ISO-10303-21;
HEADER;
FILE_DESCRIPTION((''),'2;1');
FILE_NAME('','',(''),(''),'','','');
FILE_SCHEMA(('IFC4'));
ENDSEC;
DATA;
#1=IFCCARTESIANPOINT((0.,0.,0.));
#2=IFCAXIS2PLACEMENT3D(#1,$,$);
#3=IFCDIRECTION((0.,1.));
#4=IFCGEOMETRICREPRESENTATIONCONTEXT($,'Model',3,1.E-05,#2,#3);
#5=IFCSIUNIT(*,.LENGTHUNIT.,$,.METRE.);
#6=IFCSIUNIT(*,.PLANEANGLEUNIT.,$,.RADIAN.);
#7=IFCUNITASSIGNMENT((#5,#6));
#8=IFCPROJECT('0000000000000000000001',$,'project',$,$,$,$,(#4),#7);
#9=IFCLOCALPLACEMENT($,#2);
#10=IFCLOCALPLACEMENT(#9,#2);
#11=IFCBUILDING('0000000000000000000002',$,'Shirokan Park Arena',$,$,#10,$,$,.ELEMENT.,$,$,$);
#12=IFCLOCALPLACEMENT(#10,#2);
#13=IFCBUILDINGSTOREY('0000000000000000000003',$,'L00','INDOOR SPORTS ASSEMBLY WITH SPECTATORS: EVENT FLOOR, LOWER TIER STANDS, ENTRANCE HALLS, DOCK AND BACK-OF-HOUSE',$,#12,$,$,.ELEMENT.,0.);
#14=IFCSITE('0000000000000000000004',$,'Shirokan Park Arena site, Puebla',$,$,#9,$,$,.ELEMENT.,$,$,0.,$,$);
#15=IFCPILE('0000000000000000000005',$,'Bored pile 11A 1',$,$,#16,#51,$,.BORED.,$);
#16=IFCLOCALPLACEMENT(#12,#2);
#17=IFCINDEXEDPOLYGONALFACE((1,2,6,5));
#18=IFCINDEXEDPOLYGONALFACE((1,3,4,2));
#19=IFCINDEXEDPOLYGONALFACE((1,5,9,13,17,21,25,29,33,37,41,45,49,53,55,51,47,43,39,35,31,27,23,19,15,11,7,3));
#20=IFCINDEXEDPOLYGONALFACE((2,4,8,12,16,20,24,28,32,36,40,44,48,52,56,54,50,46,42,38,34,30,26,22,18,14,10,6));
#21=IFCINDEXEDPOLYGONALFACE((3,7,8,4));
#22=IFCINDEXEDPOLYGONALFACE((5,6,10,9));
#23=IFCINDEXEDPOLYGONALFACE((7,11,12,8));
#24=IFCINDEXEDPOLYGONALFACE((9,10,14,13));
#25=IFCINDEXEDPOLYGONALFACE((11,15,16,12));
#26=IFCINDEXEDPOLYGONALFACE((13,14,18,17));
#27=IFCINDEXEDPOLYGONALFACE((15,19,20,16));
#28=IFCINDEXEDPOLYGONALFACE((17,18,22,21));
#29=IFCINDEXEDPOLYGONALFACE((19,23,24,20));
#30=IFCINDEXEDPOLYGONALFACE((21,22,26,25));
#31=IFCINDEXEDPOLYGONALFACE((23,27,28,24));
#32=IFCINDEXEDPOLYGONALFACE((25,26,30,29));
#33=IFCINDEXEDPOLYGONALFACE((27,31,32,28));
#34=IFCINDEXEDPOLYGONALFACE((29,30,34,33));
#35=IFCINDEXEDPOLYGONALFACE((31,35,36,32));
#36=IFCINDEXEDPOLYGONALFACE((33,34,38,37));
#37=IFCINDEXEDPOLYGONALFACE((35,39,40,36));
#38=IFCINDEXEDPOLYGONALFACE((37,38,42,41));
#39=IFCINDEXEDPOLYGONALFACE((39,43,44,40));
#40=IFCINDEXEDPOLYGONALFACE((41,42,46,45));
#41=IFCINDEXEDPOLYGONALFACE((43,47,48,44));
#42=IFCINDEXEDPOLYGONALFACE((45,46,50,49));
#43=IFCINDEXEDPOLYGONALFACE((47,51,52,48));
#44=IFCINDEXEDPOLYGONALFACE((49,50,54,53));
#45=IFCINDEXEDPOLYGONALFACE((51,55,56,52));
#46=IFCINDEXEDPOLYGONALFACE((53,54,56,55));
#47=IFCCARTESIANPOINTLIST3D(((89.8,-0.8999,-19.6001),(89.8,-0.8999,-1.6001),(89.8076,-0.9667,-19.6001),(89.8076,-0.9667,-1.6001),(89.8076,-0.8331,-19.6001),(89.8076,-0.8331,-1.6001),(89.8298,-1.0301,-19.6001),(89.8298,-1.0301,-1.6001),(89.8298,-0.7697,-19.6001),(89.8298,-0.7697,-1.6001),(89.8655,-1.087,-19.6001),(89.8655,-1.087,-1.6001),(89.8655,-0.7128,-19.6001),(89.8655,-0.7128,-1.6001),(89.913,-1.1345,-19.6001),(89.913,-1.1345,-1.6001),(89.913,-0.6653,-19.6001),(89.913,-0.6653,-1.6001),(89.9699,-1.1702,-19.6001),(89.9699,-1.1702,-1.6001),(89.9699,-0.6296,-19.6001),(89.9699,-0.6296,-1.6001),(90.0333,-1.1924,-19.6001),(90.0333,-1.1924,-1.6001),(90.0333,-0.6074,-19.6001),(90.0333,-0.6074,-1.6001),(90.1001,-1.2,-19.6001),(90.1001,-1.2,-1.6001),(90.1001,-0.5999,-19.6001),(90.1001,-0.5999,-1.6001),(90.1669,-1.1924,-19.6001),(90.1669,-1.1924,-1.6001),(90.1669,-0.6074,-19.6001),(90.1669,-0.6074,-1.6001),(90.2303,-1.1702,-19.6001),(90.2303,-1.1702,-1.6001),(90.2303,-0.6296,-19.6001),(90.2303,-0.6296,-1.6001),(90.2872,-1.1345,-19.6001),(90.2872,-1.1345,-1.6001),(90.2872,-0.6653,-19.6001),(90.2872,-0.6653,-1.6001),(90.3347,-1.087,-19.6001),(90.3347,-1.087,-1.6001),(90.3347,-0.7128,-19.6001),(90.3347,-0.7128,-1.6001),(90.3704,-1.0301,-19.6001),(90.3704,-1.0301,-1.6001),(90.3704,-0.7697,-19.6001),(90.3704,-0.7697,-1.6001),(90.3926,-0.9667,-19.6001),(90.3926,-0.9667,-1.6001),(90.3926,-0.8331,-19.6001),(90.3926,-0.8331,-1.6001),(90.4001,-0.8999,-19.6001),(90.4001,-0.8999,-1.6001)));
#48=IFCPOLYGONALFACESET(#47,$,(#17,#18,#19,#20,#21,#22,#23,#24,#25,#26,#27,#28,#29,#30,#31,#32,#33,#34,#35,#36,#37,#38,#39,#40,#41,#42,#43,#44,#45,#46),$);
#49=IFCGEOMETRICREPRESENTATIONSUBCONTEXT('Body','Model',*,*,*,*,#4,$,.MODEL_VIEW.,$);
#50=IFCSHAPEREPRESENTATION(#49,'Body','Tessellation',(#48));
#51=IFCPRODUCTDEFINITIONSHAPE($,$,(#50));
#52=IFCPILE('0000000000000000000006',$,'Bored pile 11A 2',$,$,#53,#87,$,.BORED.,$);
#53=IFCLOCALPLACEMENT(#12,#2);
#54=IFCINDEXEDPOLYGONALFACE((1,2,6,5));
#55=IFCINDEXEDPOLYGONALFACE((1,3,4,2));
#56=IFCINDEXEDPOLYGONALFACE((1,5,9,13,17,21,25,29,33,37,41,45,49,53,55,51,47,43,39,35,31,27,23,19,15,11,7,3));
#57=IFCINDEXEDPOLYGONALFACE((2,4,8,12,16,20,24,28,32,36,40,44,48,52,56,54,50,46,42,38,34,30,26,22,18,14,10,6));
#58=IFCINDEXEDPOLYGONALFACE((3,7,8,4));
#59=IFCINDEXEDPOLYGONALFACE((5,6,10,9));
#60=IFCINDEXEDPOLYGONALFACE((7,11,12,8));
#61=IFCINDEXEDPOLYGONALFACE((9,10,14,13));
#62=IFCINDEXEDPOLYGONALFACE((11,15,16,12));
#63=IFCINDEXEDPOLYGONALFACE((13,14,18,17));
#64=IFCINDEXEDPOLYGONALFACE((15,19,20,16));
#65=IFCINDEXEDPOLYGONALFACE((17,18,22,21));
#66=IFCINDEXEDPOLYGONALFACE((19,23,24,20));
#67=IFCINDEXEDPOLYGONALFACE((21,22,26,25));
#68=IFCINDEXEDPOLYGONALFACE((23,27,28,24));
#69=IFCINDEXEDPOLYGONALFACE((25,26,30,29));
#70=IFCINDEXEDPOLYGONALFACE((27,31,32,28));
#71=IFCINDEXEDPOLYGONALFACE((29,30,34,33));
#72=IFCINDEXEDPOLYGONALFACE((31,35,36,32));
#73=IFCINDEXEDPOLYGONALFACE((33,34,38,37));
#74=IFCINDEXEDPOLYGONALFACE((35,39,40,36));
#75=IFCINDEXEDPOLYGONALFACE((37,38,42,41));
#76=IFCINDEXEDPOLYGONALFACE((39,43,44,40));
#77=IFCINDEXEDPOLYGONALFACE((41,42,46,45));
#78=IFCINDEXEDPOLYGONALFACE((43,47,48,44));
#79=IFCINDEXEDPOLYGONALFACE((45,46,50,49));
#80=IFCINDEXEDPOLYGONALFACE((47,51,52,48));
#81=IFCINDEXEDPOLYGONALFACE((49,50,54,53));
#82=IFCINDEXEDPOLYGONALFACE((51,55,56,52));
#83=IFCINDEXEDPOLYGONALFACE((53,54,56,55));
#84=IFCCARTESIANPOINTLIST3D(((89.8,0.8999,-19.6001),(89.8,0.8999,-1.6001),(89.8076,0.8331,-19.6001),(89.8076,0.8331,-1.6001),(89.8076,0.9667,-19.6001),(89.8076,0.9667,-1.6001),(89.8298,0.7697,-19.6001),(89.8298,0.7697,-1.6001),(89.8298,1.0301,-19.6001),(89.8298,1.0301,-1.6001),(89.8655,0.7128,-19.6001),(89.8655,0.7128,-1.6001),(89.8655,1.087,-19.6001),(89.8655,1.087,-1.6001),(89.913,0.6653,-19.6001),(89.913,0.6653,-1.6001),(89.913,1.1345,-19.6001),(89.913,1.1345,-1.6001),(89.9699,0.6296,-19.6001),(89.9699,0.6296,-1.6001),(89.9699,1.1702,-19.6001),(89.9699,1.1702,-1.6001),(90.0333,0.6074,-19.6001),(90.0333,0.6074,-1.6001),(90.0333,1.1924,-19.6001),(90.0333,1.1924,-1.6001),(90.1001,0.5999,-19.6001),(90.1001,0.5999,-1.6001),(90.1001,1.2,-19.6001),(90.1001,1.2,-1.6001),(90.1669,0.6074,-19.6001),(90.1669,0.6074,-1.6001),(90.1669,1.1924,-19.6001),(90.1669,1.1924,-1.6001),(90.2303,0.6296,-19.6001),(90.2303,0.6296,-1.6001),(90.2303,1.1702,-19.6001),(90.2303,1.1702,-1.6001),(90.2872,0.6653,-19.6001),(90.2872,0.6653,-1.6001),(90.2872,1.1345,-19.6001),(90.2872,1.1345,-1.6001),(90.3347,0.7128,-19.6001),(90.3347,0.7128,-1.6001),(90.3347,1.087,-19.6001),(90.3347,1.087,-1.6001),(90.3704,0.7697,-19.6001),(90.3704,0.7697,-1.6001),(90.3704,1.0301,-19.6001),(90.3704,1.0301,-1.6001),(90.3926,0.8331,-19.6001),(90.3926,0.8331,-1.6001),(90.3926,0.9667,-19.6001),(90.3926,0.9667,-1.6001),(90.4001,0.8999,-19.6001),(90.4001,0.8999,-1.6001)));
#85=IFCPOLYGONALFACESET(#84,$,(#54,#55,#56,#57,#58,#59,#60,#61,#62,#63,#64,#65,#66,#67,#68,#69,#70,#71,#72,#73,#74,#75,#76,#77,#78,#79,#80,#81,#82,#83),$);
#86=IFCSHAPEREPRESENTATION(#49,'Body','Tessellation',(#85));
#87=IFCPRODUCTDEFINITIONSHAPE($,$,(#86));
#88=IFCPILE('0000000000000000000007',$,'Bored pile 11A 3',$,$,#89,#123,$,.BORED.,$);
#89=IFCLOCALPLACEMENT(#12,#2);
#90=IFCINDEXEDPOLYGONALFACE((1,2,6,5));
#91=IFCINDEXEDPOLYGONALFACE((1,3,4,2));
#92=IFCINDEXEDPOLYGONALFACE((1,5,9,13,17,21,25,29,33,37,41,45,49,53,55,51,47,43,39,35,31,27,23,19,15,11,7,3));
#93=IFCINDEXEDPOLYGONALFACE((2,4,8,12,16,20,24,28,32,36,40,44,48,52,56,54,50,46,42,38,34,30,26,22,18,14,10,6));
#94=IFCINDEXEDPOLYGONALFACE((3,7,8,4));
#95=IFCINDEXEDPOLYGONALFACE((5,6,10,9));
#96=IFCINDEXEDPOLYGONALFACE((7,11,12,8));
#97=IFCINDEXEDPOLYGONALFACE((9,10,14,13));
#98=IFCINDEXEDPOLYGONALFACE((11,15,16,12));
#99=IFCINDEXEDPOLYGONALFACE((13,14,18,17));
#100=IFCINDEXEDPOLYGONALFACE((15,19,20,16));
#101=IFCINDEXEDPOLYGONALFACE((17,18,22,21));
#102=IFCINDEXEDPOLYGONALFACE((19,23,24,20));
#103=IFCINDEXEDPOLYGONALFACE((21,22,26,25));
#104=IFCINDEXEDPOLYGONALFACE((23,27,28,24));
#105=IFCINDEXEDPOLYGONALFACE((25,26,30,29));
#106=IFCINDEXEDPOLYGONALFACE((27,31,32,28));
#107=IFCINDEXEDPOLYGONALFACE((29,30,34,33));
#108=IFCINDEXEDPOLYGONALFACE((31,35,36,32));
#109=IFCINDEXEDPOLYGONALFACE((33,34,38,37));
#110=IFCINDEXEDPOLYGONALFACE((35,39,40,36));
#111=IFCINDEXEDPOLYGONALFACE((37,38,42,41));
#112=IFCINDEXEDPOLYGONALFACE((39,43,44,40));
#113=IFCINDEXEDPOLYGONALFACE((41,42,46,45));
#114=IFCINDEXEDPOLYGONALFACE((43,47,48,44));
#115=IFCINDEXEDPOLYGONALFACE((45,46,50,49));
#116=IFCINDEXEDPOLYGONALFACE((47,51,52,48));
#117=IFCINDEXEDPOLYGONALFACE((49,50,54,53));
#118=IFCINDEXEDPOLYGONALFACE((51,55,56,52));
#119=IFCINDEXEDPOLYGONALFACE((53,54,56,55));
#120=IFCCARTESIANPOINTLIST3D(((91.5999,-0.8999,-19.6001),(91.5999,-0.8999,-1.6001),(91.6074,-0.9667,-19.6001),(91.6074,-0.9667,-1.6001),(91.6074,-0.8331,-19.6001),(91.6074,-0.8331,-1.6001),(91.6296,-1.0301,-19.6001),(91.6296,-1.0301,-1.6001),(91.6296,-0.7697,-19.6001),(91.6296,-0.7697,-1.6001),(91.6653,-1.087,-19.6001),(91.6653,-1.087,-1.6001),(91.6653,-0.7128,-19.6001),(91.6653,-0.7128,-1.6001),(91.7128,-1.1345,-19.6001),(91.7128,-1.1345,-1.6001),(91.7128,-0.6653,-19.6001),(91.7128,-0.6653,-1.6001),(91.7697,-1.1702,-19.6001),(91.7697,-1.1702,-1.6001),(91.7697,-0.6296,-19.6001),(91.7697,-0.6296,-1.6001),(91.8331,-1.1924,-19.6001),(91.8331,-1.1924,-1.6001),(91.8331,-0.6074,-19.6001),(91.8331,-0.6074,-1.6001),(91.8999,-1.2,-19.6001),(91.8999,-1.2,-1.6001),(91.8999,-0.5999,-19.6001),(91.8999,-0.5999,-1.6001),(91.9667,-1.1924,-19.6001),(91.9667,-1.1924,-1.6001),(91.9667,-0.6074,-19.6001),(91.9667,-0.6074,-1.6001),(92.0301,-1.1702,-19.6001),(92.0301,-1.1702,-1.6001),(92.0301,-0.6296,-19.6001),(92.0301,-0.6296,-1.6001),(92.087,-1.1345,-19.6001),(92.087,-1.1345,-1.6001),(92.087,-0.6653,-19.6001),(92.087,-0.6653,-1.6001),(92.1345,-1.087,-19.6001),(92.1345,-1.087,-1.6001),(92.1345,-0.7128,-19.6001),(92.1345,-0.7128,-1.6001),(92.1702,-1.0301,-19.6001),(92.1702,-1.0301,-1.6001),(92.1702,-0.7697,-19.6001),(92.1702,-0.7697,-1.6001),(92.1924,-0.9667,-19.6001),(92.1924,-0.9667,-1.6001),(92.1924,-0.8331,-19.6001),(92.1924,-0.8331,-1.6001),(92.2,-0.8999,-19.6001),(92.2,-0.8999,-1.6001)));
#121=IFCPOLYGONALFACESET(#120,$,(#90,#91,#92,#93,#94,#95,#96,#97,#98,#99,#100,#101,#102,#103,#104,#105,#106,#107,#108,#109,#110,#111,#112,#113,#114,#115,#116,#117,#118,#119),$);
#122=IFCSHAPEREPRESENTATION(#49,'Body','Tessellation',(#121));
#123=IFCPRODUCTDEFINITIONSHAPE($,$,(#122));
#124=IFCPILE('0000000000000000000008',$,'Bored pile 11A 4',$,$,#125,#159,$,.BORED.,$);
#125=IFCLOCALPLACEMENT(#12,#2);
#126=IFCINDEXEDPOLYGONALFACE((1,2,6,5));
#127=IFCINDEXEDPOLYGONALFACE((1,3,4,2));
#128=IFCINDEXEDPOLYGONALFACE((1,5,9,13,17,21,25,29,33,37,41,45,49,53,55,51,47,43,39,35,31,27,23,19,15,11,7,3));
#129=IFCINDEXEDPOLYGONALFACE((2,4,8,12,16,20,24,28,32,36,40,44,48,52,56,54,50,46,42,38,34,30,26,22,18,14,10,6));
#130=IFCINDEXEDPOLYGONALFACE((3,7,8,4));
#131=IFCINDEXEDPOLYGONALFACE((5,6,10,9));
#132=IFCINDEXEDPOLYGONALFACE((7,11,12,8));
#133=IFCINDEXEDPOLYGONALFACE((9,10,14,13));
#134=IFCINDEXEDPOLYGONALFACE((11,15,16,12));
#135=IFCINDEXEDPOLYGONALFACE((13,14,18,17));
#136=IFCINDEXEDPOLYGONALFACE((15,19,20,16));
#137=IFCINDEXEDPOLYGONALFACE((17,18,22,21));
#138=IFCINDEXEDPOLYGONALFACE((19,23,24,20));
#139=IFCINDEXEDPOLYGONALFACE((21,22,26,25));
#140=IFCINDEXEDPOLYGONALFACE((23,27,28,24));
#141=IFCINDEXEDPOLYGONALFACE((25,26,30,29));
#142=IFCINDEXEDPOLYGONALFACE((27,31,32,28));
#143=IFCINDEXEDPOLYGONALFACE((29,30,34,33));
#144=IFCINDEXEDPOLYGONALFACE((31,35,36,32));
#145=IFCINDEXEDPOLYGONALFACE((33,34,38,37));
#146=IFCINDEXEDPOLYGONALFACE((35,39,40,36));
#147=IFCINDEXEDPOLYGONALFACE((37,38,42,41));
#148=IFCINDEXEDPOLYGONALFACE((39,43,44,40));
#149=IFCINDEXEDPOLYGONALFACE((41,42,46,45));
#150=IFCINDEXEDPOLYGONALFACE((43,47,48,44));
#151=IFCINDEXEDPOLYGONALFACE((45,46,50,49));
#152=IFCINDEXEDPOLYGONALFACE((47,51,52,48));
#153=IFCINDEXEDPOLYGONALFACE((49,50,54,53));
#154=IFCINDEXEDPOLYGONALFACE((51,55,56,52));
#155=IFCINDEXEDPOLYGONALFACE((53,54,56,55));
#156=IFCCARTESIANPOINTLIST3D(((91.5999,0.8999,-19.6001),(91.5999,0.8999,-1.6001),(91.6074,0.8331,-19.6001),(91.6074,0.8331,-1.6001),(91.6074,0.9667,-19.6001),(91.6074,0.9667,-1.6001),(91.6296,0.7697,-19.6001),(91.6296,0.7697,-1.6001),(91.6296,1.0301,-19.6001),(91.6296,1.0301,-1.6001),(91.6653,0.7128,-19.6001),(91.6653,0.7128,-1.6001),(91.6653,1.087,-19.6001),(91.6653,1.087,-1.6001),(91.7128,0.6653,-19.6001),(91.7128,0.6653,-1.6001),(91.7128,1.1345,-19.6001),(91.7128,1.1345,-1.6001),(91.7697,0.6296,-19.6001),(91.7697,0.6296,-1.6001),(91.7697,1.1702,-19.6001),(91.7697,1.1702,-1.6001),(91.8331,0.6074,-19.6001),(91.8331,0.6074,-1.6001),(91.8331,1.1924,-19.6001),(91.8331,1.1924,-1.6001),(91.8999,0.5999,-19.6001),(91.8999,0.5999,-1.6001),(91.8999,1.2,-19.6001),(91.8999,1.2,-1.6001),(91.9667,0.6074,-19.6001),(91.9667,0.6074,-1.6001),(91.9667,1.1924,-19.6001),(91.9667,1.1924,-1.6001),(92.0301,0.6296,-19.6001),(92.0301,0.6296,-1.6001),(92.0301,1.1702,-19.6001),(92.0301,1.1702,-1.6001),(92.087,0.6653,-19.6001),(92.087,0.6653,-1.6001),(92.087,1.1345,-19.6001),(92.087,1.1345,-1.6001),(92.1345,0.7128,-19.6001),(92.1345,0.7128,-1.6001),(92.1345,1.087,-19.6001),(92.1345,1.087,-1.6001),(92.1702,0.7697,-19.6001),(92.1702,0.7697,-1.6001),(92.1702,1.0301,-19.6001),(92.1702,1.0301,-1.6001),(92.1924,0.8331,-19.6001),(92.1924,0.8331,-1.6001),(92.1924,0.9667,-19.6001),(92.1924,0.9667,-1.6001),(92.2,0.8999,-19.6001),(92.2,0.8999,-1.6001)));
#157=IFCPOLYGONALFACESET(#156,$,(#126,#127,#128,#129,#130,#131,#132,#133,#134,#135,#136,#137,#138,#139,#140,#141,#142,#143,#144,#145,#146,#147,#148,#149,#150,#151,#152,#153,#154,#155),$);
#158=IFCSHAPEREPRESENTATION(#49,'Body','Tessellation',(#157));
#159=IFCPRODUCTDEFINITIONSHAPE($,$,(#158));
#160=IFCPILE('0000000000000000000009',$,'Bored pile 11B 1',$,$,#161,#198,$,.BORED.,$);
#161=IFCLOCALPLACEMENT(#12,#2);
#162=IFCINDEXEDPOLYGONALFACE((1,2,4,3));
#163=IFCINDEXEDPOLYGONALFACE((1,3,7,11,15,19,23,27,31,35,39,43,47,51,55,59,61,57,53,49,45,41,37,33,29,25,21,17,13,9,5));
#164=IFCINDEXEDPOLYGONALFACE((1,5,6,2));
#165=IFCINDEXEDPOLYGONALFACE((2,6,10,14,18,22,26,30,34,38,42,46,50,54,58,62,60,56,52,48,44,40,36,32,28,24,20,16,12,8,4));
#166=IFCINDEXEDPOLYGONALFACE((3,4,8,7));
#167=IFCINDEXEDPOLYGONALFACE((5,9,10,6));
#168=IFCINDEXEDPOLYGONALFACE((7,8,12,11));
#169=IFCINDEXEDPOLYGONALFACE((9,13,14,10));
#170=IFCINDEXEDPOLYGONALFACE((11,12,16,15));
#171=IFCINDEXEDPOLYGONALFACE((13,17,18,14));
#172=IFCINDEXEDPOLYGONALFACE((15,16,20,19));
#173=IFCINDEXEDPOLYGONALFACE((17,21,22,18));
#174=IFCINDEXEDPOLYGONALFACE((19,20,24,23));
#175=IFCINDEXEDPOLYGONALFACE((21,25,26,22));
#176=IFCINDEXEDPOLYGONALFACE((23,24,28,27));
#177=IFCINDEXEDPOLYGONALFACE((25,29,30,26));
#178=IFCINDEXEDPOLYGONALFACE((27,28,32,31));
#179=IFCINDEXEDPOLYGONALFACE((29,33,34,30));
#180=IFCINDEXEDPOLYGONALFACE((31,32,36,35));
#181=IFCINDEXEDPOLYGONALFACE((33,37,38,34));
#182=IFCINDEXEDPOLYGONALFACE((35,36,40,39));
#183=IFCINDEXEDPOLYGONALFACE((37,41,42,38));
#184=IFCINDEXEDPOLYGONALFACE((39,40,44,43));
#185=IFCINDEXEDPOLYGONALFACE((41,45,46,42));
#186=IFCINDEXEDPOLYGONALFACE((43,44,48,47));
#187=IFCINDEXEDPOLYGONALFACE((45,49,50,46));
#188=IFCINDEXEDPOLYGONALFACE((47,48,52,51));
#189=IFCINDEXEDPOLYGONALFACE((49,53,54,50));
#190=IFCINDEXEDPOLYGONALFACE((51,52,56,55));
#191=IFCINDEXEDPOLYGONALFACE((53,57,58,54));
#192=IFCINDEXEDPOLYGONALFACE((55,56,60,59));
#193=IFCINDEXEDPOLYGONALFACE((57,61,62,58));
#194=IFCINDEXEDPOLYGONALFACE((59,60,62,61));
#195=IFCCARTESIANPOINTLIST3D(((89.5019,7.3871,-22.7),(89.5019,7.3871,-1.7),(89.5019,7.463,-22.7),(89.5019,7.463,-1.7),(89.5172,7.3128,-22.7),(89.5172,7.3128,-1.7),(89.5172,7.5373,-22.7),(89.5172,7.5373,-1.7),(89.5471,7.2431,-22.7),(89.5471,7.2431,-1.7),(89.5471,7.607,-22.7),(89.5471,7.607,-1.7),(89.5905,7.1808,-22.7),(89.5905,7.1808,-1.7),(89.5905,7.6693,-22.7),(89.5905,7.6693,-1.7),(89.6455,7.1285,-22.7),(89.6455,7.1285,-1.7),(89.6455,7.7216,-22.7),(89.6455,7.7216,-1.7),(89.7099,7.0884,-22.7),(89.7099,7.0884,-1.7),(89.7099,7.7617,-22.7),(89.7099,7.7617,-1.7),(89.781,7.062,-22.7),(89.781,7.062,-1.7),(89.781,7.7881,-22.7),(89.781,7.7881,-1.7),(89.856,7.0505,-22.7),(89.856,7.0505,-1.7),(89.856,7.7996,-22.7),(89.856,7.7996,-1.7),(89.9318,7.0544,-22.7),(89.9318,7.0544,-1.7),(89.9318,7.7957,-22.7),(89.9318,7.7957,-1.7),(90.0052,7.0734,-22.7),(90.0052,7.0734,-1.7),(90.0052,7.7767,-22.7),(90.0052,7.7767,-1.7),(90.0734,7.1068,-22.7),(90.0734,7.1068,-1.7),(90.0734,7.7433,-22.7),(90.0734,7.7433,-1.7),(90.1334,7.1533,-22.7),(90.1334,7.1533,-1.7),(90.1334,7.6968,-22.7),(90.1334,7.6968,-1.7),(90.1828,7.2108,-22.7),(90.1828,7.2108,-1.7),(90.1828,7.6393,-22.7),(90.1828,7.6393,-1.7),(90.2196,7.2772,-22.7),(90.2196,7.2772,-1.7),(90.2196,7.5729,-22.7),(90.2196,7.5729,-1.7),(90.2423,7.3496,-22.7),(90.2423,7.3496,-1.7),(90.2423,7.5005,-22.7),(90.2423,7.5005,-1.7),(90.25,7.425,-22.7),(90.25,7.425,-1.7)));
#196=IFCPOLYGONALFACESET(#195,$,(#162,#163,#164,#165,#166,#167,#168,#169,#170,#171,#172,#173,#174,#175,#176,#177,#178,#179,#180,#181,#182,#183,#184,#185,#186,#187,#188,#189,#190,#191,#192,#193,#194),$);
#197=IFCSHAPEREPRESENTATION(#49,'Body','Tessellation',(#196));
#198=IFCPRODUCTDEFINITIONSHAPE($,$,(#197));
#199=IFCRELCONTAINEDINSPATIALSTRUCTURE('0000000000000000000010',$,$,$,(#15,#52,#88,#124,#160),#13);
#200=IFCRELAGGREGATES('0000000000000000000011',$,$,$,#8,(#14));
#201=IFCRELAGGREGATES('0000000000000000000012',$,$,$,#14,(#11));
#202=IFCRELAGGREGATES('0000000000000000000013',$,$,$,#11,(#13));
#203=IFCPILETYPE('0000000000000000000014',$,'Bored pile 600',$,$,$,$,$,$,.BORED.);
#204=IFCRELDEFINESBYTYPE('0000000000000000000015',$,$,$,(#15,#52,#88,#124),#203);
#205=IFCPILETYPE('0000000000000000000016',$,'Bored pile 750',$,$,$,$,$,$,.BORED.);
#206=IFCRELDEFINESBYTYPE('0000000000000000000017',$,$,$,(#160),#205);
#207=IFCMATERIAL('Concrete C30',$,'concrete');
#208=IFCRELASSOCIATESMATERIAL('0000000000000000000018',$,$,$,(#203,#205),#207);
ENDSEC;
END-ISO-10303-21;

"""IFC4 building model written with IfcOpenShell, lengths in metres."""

from ifc_helpers import new_model, si_unit, direction, frame, origin, origin_2d, place, context, subcontext, project, spatial, circle, extrude, material, material_profile, profile_set, type_object, element, save


model = new_model("IFC4")

# Units and contexts
model_context = context("Model", 3, precision=1e-05, world=origin(), true_north=direction((0.0, 1.0)))
body_context = subcontext(model_context, "Body", "Model", "MODEL_VIEW")
ifc_project = project(units=[si_unit("LENGTHUNIT", "METRE"), si_unit("PLANEANGLEUNIT", "RADIAN")], contexts=[model_context])

# Site, building, storey
site_placement = place(None, origin())
site = spatial("IfcSite", under=ifc_project, at=site_placement, Name="Shirokan Park Arena site, Puebla", CompositionType="ELEMENT", RefElevation=0.0)
building_placement = place(site_placement, origin())
building = spatial("IfcBuilding", under=site, at=building_placement, Name="Shirokan Park Arena", CompositionType="ELEMENT")
storey_placement = place(building_placement, origin())
storey = spatial("IfcBuildingStorey", under=building, at=storey_placement, Name="L00", Description="INDOOR SPORTS ASSEMBLY WITH SPECTATORS: EVENT FLOOR, LOWER TIER STANDS, ENTRANCE HALLS, DOCK AND BACK-OF-HOUSE", CompositionType="ELEMENT", Elevation=0.0)

# Piles
ifc_material_1 = material(Name="Concrete C30", Category="concrete")
ifc_material_profile_1 = material_profile(ifc_material_1, circle(Radius=0.3, at=origin_2d()), Name="D600")
ifc_profile_set_1 = profile_set([ifc_material_profile_1], Name="Concrete C30")
pile_type_1 = type_object("IfcPileType", Name="Bored pile 600", PredefinedType="BORED", material=ifc_profile_set_1)
for number, where, z_axis, x_axis, name in (
    (1, (90.1001, -0.8999, -1.6001), (0.0, 0.0, -1.0), (1.0, 0.0, 0.0), "Bored pile 11A 1"),
    (2, (90.1001, 0.8999, -1.6001), (0.0, 0.0, -1.0), (1.0, 0.0, 0.0), "Bored pile 11A 2"),
    (3, (91.8999, -0.8999, -1.6001), (0.0, 0.0, -1.0), (1.0, 0.0, 0.0), "Bored pile 11A 3"),
    (4, (91.8999, 0.8999, -1.6001), (0.0, 0.0, -1.0), (1.0, 0.0, 0.0), "Bored pile 11A 4"),
):
    element("IfcPile", number, at=place(storey_placement, frame(where, z_axis=z_axis, x_axis=x_axis)), inside=storey, type_object=pile_type_1, Name=name, PredefinedType="BORED", context=body_context, shape_type="SweptSolid", body=[
        extrude(circle(Radius=0.3, at=origin_2d()), origin(), (0.0, 0.0, 1.0), 18.0),
    ])
ifc_material_profile_2 = material_profile(ifc_material_1, circle(Radius=0.375, at=origin_2d()), Name="D750")
ifc_profile_set_2 = profile_set([ifc_material_profile_2], Name="Concrete C30")
pile_type_2 = type_object("IfcPileType", Name="Bored pile 750", PredefinedType="BORED", material=ifc_profile_set_2)
for number, where, z_axis, x_axis, name in (
    (5, (89.875, 7.425, -1.7), (0.0, 0.0, -1.0), (1.0, 0.0, 0.0), "Bored pile 11B 1"),
):
    element("IfcPile", number, at=place(storey_placement, frame(where, z_axis=z_axis, x_axis=x_axis)), inside=storey, type_object=pile_type_2, Name=name, PredefinedType="BORED", context=body_context, shape_type="SweptSolid", body=[
        extrude(circle(Radius=0.375, at=origin_2d()), origin(), (0.0, 0.0, 1.0), 21.0),
    ])

save(model, "model.ifc")
